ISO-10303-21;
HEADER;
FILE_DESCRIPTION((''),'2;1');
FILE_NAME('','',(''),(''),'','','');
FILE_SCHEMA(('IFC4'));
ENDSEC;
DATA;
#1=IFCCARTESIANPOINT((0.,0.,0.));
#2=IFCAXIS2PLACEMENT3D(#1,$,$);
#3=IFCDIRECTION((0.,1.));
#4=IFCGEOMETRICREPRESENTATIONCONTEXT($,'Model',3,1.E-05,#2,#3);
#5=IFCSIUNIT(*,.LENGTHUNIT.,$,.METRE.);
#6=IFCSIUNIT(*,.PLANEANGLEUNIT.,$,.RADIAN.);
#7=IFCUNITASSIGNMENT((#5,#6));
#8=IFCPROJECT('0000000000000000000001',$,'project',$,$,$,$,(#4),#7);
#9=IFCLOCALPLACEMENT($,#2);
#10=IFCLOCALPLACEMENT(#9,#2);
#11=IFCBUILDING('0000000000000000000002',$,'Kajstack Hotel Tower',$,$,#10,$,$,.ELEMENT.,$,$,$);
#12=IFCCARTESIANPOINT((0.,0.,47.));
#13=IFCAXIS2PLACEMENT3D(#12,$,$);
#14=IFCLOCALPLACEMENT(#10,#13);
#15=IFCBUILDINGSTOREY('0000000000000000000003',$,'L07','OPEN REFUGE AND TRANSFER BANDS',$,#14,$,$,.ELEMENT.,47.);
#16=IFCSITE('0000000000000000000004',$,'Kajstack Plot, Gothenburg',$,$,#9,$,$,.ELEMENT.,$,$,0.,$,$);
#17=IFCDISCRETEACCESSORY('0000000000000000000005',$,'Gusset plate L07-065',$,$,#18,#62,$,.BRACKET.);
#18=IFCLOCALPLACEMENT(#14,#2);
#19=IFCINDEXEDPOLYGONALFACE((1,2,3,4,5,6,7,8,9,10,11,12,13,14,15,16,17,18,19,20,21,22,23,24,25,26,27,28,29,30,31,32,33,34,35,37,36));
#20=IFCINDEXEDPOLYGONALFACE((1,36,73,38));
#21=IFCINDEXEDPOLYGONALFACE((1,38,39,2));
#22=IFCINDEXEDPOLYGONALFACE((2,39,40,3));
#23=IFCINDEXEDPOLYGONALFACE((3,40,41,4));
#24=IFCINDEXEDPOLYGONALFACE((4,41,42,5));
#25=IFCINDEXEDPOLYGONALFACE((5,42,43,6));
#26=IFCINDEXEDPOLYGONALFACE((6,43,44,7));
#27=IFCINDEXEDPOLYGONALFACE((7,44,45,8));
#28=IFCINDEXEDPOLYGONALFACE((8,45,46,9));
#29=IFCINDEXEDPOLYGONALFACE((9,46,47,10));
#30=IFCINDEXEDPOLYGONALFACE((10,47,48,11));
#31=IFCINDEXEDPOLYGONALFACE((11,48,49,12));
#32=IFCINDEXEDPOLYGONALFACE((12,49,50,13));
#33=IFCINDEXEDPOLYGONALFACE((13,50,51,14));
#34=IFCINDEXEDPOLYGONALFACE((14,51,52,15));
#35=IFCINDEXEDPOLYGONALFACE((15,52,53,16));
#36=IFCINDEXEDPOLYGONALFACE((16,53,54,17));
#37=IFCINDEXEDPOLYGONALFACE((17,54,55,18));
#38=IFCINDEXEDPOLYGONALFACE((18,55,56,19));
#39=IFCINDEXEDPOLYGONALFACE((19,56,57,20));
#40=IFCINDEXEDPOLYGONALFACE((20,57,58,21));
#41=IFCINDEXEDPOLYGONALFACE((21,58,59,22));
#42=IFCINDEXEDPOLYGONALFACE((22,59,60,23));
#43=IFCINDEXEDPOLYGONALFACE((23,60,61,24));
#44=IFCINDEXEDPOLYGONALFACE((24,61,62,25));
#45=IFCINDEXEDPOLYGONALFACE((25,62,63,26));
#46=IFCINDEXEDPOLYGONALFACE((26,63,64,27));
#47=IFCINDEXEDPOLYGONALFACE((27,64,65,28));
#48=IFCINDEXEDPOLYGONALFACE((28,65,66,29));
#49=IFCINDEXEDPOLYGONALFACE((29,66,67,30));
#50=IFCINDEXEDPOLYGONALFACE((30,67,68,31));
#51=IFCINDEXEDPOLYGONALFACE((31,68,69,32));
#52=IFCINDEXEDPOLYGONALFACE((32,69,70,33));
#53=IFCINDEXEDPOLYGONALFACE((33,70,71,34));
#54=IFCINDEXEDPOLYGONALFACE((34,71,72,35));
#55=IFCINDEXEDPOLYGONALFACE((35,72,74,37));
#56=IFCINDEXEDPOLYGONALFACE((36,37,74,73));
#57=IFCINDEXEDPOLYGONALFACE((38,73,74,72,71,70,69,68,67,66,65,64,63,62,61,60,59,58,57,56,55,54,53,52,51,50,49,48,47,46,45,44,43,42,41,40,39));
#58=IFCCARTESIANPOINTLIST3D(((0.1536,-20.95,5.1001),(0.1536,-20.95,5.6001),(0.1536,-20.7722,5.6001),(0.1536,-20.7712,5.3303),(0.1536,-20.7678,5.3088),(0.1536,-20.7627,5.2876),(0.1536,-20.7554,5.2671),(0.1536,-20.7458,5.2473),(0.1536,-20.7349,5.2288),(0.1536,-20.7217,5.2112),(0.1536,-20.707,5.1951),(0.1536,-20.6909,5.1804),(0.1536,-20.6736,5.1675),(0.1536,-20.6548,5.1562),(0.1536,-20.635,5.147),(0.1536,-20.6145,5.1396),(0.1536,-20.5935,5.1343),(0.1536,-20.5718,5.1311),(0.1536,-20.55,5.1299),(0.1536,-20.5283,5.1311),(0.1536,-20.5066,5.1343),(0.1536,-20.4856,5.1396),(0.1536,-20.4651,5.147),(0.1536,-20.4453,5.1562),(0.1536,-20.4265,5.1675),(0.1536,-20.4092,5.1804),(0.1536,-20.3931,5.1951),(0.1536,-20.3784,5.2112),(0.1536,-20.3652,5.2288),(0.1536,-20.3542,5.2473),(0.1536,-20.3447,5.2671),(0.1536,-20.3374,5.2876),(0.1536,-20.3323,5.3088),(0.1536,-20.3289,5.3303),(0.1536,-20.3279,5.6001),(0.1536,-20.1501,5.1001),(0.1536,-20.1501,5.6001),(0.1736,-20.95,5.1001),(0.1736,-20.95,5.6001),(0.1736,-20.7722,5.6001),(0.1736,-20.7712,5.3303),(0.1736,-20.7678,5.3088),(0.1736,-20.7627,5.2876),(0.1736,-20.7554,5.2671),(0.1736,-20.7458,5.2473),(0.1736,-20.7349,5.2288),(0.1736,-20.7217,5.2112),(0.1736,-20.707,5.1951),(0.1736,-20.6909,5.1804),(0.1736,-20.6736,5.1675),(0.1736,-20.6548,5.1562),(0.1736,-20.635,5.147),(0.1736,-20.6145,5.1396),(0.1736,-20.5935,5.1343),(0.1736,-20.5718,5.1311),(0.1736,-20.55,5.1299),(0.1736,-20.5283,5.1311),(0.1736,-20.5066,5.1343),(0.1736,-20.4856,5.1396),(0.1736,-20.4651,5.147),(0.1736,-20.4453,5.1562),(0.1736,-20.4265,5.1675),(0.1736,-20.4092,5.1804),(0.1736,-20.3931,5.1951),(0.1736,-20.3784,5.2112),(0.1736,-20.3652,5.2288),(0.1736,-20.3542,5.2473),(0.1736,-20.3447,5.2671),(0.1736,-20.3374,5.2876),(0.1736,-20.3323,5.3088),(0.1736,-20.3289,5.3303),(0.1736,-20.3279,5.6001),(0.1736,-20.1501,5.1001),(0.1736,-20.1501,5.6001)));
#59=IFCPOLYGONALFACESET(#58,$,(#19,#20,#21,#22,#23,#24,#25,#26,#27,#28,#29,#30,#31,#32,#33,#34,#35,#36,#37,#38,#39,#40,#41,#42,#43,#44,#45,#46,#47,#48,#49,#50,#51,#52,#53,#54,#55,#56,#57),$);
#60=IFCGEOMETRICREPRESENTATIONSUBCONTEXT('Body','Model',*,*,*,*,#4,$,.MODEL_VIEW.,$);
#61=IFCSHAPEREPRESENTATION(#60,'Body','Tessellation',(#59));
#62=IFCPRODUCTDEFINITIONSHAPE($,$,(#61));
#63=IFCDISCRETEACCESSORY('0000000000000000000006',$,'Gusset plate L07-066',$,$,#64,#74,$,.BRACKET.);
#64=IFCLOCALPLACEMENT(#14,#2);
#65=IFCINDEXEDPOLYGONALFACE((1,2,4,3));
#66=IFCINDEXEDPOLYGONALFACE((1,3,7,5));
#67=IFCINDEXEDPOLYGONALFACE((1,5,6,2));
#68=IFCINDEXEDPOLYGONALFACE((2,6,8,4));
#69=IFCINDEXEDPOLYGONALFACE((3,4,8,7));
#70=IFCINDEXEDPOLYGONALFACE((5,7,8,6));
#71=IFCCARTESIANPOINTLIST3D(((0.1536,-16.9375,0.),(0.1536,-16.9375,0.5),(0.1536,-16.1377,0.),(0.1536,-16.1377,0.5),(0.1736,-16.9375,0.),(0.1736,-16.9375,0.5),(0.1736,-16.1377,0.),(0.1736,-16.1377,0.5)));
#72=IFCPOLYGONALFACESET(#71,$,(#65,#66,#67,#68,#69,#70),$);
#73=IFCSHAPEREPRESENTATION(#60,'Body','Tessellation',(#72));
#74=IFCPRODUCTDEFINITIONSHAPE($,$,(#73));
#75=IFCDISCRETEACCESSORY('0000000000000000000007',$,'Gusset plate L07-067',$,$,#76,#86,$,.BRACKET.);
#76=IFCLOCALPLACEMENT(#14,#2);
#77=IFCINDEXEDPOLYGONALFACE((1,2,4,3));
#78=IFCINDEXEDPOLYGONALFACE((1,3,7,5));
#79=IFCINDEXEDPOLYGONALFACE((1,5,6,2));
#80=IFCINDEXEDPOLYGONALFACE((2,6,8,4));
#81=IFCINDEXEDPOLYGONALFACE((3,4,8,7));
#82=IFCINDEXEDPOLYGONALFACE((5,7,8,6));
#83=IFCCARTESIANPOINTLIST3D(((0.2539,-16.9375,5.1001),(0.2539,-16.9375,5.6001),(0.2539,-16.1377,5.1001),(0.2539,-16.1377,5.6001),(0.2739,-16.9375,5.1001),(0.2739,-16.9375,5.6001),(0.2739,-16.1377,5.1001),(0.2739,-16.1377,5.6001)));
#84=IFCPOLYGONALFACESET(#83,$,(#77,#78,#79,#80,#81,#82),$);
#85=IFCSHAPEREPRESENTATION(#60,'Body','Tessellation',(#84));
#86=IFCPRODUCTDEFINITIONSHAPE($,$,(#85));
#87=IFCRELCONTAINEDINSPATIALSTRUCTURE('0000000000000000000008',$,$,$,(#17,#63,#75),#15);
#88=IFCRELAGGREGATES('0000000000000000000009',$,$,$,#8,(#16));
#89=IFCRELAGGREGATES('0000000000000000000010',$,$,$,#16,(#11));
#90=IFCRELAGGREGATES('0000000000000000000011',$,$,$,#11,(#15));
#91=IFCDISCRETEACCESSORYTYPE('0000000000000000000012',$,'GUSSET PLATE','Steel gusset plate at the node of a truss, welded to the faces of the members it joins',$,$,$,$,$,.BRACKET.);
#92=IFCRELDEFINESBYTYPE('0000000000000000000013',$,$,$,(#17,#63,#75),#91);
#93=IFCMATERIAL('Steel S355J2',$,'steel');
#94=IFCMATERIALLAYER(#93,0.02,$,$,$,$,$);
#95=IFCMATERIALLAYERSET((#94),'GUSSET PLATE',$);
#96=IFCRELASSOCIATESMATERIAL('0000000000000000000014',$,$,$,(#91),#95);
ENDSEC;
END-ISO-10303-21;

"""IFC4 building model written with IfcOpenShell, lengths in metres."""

from ifc_helpers import new_model, si_unit, direction, frame, origin, place, context, subcontext, project, spatial, polyline, outline, extrude, material, layer, layer_set, type_object, element, save


model = new_model("IFC4")

# Units and contexts
model_context = context("Model", 3, precision=1e-05, world=origin(), true_north=direction((0.0, 1.0)))
body_context = subcontext(model_context, "Body", "Model", "MODEL_VIEW")
ifc_project = project(units=[si_unit("LENGTHUNIT", "METRE"), si_unit("PLANEANGLEUNIT", "RADIAN")], contexts=[model_context])

# Site, building, storey
site_placement = place(None, origin())
site = spatial("IfcSite", under=ifc_project, at=site_placement, Name="Kajstack Plot, Gothenburg", CompositionType="ELEMENT", RefElevation=0.0)
building_placement = place(site_placement, origin())
building = spatial("IfcBuilding", under=site, at=building_placement, Name="Kajstack Hotel Tower", CompositionType="ELEMENT")
storey_placement = place(building_placement, frame((0.0, 0.0, 47.0)))
storey = spatial("IfcBuildingStorey", under=building, at=storey_placement, Name="L07", Description="OPEN REFUGE AND TRANSFER BANDS", CompositionType="ELEMENT", Elevation=47.0)

# Shared definitions
ifc_material_1 = material(Name="Steel S355J2", Category="steel")

# Discrete accessories
ifc_layer_1 = layer(ifc_material_1, 0.02)
ifc_layer_set_1 = layer_set([ifc_layer_1], Name="GUSSET PLATE")
discrete_accessory_type = type_object("IfcDiscreteAccessoryType", Name="GUSSET PLATE", Description="Steel gusset plate at the node of a truss, welded to the faces of the members it joins", PredefinedType="BRACKET", material=ifc_layer_set_1)
discrete_accessory_1_placement = place(storey_placement, frame((0.1536, -20.55, 5.1001), z_axis=(1.0, 0.0, 0.0), x_axis=(0.0, 1.0, 0.0)))
element("IfcDiscreteAccessory", 1, at=discrete_accessory_1_placement, inside=storey, type_object=discrete_accessory_type, Name="Gusset plate L07-065", PredefinedType="BRACKET", context=body_context, shape_type="SweptSolid", body=[
    extrude(outline(polyline([(0.3999, 0.5), (0.2222, 0.5), (0.2212, 0.2302), (0.2178, 0.2087), (0.2126, 0.1875), (0.2053, 0.167), (0.1958, 0.1472), (0.1848, 0.1287), (0.1716, 0.1111), (0.157, 0.095), (0.1409, 0.0803), (0.1235, 0.0674), (0.1047, 0.0562), (0.085, 0.0469), (0.0645, 0.0396), (0.0435, 0.0342), (0.0217, 0.031), (0.0, 0.0298), (-0.0217, 0.031), (-0.0435, 0.0342), (-0.0645, 0.0396), (-0.085, 0.0469), (-0.1047, 0.0562), (-0.1235, 0.0674), (-0.1409, 0.0803), (-0.157, 0.095), (-0.1716, 0.1111), (-0.1848, 0.1287), (-0.1958, 0.1472), (-0.2053, 0.167), (-0.2126, 0.1875), (-0.2178, 0.2087), (-0.2212, 0.2302), (-0.2222, 0.5), (-0.3999, 0.5), (-0.3999, 0.0), (0.3999, 0.0), (0.3999, 0.5)])), origin(), (0.0, 0.0, 1.0), 0.02),
])
for number, where, z_axis, x_axis, name in (
    (2, (0.1536, -16.5376, 0.0), (1.0, 0.0, 0.0), (0.0, 1.0, 0.0), "Gusset plate L07-066"),
    (3, (0.2539, -16.5376, 5.1001), (1.0, 0.0, 0.0), (0.0, 1.0, 0.0), "Gusset plate L07-067"),
):
    element("IfcDiscreteAccessory", number, at=place(storey_placement, frame(where, z_axis=z_axis, x_axis=x_axis)), inside=storey, type_object=discrete_accessory_type, Name=name, PredefinedType="BRACKET", context=body_context, shape_type="SweptSolid", body=[
        extrude(outline(polyline([(-0.3999, 0.0), (0.3999, 0.0), (0.3999, 0.5), (-0.3999, 0.5), (-0.3999, 0.0)])), origin(), (0.0, 0.0, 1.0), 0.02),
    ])

save(model, "model.ifc")
